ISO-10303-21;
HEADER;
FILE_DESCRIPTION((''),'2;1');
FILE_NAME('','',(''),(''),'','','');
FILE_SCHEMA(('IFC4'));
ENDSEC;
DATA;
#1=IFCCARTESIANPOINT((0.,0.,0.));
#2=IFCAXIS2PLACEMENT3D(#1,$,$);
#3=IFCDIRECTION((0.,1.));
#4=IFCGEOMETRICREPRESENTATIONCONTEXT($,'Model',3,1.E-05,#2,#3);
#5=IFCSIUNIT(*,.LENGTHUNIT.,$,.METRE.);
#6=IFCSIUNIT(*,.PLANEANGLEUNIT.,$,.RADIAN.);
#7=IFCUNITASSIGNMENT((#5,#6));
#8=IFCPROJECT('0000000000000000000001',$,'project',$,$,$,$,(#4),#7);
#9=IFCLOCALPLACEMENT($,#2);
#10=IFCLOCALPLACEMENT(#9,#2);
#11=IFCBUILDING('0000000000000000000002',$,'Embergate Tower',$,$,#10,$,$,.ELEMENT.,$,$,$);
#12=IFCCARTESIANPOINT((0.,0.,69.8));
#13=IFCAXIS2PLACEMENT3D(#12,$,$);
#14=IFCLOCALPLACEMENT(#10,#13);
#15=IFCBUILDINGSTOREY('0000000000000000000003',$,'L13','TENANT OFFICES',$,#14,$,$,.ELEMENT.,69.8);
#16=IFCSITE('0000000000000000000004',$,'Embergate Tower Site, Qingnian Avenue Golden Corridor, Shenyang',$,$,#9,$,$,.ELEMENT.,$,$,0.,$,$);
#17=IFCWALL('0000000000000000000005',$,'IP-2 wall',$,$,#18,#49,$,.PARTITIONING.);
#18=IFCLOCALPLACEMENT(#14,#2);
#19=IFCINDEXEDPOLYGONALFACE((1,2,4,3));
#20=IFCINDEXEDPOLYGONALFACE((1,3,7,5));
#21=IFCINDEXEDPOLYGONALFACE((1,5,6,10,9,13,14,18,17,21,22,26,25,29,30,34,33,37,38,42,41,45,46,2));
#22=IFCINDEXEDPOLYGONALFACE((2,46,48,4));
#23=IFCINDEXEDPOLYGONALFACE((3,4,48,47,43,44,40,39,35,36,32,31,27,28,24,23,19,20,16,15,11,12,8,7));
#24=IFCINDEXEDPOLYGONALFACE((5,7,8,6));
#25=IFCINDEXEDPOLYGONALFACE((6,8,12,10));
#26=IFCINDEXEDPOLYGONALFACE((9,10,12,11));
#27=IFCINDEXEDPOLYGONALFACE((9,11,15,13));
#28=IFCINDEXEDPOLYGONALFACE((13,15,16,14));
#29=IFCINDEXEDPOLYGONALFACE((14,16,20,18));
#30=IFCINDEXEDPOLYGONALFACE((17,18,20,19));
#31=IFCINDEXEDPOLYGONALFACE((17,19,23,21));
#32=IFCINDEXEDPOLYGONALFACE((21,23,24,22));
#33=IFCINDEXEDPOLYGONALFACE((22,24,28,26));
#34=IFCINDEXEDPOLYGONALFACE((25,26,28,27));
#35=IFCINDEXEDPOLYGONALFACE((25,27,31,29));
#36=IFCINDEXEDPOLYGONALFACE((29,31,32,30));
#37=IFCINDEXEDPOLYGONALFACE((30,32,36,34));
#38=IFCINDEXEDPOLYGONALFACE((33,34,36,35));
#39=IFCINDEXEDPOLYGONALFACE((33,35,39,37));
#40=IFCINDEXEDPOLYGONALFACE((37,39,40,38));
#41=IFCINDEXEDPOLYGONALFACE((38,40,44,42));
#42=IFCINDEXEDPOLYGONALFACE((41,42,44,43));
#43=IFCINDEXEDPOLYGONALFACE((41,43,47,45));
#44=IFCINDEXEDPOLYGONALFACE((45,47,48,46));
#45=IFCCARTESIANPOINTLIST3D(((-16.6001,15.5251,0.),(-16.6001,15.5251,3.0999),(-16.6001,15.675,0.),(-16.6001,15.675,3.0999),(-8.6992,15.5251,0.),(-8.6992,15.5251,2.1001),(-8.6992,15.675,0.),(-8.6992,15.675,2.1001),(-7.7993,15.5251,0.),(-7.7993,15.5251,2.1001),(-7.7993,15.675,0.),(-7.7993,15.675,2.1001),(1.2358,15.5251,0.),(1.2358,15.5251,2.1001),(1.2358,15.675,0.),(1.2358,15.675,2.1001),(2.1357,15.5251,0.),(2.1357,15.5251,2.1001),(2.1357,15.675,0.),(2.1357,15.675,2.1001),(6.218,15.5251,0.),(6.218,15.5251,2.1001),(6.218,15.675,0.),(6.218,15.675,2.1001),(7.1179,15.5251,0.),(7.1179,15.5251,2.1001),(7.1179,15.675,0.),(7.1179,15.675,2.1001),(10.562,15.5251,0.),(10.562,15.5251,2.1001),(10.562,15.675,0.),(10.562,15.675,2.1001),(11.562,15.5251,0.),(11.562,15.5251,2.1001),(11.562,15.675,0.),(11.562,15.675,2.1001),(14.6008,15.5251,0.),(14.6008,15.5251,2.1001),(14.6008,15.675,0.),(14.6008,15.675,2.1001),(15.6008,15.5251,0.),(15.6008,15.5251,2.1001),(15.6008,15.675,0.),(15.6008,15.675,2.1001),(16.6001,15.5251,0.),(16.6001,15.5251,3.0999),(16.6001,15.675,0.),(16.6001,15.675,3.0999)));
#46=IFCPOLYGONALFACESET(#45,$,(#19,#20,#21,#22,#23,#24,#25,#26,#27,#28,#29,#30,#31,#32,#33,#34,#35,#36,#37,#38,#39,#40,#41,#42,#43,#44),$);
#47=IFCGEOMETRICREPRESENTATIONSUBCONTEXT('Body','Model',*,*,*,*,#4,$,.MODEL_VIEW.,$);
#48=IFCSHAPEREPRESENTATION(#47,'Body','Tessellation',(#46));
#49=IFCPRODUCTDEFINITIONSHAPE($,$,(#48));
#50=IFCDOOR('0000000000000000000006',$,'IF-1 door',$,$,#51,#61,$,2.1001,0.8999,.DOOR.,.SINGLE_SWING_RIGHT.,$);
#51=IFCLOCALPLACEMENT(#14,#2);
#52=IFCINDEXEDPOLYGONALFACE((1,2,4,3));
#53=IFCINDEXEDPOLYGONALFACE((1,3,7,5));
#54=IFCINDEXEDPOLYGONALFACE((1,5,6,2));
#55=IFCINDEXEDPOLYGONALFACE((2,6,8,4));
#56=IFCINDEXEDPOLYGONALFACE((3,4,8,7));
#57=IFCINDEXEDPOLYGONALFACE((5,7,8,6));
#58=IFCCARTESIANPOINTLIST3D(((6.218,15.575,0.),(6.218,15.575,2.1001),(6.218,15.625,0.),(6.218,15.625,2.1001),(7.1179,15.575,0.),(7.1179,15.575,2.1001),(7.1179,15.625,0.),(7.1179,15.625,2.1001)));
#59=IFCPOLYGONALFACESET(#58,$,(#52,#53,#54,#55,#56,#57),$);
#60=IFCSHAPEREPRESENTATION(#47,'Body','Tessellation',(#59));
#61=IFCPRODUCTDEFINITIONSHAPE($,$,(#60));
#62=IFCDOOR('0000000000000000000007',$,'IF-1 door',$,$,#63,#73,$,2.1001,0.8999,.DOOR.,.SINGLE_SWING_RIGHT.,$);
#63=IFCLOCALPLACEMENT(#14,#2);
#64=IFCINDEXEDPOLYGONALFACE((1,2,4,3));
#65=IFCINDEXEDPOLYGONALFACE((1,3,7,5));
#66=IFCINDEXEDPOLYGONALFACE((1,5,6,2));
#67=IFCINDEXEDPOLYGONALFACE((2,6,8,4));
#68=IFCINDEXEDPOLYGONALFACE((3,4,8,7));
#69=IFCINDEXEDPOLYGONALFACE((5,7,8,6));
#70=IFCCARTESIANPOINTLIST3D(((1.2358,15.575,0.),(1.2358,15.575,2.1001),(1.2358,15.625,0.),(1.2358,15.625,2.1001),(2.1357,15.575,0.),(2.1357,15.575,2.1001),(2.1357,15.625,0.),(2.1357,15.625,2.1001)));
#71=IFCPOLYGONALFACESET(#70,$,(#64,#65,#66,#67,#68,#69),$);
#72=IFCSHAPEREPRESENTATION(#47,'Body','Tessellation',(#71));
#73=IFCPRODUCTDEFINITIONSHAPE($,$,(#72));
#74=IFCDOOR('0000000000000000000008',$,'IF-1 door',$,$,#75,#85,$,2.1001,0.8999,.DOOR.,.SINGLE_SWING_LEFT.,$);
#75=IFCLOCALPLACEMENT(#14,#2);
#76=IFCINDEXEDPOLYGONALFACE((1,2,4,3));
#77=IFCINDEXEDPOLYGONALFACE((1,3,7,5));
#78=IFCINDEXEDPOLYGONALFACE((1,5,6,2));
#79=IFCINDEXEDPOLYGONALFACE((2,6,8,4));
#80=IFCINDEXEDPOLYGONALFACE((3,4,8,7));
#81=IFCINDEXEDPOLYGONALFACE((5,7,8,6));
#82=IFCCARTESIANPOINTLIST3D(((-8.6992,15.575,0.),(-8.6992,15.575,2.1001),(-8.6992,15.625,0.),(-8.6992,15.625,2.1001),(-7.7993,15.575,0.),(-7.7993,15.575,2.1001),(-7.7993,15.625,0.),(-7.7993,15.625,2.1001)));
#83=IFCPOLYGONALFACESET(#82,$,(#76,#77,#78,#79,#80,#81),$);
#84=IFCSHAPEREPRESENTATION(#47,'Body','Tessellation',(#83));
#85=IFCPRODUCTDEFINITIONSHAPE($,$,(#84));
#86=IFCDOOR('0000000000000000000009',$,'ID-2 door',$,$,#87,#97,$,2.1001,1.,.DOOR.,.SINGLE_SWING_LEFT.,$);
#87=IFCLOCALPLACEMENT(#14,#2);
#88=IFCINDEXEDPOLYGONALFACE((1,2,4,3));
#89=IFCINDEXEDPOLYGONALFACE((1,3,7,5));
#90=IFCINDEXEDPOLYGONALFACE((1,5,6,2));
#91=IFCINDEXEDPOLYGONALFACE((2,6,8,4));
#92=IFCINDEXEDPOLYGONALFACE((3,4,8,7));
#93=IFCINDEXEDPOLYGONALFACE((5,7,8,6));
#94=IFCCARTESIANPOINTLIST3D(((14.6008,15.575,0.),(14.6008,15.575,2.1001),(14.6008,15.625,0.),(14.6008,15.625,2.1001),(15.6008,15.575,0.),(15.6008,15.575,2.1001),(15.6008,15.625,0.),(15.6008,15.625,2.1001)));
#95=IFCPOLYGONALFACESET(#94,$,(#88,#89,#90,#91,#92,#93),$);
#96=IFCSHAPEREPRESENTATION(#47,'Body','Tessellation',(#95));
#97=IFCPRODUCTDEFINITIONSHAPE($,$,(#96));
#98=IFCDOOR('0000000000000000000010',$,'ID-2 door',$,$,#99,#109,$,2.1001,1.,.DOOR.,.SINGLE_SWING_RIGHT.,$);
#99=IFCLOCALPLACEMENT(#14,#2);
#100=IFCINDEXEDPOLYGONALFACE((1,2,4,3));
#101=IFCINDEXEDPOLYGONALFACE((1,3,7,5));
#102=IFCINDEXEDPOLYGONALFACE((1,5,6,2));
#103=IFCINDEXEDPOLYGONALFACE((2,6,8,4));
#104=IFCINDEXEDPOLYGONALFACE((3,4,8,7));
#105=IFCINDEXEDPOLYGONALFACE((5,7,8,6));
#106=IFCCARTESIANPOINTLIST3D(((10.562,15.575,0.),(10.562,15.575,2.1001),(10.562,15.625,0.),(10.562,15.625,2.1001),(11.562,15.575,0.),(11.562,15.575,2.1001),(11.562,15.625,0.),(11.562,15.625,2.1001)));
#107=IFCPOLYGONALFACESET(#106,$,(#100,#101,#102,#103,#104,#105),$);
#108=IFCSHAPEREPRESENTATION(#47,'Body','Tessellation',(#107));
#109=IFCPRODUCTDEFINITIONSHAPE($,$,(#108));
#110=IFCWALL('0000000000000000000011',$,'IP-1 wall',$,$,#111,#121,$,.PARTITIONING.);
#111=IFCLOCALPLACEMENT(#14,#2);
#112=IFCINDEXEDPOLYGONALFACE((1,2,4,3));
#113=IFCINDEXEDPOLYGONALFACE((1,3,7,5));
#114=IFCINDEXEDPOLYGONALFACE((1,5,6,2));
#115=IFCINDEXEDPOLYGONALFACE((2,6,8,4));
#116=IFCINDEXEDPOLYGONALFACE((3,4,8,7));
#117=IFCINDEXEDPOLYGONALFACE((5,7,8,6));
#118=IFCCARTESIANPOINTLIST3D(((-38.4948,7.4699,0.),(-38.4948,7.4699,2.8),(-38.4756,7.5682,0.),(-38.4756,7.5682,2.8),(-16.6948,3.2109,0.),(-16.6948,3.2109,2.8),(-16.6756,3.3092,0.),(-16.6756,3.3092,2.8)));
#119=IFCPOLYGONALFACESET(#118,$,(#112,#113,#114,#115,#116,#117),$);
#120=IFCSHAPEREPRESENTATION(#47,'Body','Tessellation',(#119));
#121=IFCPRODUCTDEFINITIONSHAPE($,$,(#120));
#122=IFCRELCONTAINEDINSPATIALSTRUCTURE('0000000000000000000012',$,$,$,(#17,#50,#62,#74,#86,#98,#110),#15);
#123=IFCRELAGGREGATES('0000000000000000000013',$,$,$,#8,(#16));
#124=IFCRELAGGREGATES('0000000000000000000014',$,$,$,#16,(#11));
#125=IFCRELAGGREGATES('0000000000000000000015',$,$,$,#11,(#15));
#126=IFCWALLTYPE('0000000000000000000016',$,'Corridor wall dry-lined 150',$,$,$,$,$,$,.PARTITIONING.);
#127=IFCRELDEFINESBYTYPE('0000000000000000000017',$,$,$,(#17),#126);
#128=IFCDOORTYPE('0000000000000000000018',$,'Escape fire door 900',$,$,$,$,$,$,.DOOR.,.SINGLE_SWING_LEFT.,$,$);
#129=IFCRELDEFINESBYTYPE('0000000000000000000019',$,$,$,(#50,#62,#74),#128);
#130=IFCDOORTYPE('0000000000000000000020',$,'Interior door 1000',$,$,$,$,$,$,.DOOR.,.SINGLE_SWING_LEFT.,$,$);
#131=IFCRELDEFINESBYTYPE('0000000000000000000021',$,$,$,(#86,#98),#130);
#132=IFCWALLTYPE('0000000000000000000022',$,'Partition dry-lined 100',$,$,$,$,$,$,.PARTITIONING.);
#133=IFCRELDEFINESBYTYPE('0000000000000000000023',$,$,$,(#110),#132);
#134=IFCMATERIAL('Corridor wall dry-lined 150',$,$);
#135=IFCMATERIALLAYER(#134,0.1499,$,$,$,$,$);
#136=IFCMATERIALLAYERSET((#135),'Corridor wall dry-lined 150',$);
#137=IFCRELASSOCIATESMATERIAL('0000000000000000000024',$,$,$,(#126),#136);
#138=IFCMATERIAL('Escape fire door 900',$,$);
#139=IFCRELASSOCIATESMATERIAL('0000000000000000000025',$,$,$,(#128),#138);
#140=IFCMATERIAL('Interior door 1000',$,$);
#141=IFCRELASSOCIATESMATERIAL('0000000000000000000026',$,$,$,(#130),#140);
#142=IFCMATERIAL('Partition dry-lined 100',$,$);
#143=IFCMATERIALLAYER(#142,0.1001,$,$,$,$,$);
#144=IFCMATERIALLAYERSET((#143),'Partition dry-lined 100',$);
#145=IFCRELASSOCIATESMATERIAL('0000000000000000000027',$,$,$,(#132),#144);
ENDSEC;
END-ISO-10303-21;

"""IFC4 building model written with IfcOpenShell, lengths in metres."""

from ifc_helpers import new_model, si_unit, direction, frame, frame_2d, origin, place, context, subcontext, project, spatial, rectangle, extrude, source, transform, mapped, material, layer, layer_set, type_object, element, fill, save


model = new_model("IFC4")

# Units and contexts
model_context = context("Model", 3, precision=1e-05, world=origin(), true_north=direction((0.0, 1.0)))
body_context = subcontext(model_context, "Body", "Model", "MODEL_VIEW")
ifc_project = project(units=[si_unit("LENGTHUNIT", "METRE"), si_unit("PLANEANGLEUNIT", "RADIAN")], contexts=[model_context])

# Site, building, storey
site_placement = place(None, origin())
site = spatial("IfcSite", under=ifc_project, at=site_placement, Name="Embergate Tower Site, Qingnian Avenue Golden Corridor, Shenyang", CompositionType="ELEMENT", RefElevation=0.0)
building_placement = place(site_placement, origin())
building = spatial("IfcBuilding", under=site, at=building_placement, Name="Embergate Tower", CompositionType="ELEMENT")
storey_placement = place(building_placement, frame((0.0, 0.0, 69.8)))
storey = spatial("IfcBuildingStorey", under=building, at=storey_placement, Name="L13", Description="TENANT OFFICES", CompositionType="ELEMENT", Elevation=69.8)

# Wall, openings, doors
ifc_material_1 = material(Name="Corridor wall dry-lined 150")
ifc_layer_1 = layer(ifc_material_1, 0.1499)
ifc_layer_set_1 = layer_set([ifc_layer_1], Name="Corridor wall dry-lined 150")
wall_type_1 = type_object("IfcWallType", Name="Corridor wall dry-lined 150", PredefinedType="PARTITIONING", material=ifc_layer_set_1)
shared_shape_1 = source(origin(), body_context, "Body", "SweptSolid", [
    extrude(rectangle(XDim=33.2002, YDim=0.1499, at=frame_2d((16.6001, 0.0))), origin(), (0.0, 0.0, 1.0), 3.0999),
])
wall_1_placement = place(storey_placement, frame((-16.6001, 15.6001, 0.0), z_axis=(0.0, 0.0, 1.0), x_axis=(1.0, 0.0, 0.0)))
wall_1 = element("IfcWall", 1, at=wall_1_placement, inside=storey, type_object=wall_type_1, Name="IP-2 wall", PredefinedType="PARTITIONING", context=body_context, shape_type="MappedRepresentation", body=[
    mapped(shared_shape_1, transform((0.0, 0.0, 0.0))),
])
shared_shape_2 = source(origin(), body_context, "Body", "SweptSolid", [
    extrude(rectangle(XDim=1.0, YDim=2.1001, at=frame_2d((0.5, 1.05))), frame((0.0, 0.085, 0.0), z_axis=(0.0, -1.0, 0.0), x_axis=(1.0, 0.0, 0.0)), (0.0, 0.0, 1.0), 0.1699),
])
opening_1_placement = place(wall_1_placement, frame((31.2009, 0.0, 0.0)))
opening_1 = element("IfcOpeningElement", 2, at=opening_1_placement, cuts=wall_1, PredefinedType="OPENING", context=body_context, shape_type="MappedRepresentation", body=[
    mapped(shared_shape_2, transform((0.0, 0.0, 0.0))),
])
opening_2_placement = place(wall_1_placement, frame((27.1621, 0.0, 0.0)))
opening_2 = element("IfcOpeningElement", 3, at=opening_2_placement, cuts=wall_1, PredefinedType="OPENING", context=body_context, shape_type="MappedRepresentation", body=[
    mapped(shared_shape_2, transform((0.0, 0.0, 0.0))),
])
shared_shape_3 = source(origin(), body_context, "Body", "SweptSolid", [
    extrude(rectangle(XDim=0.8999, YDim=2.1001, at=frame_2d((0.45, 1.05))), frame((0.0, 0.085, 0.0), z_axis=(0.0, -1.0, 0.0), x_axis=(1.0, 0.0, 0.0)), (0.0, 0.0, 1.0), 0.1699),
])
opening_3_placement = place(wall_1_placement, frame((22.8181, 0.0, 0.0)))
opening_3 = element("IfcOpeningElement", 4, at=opening_3_placement, cuts=wall_1, PredefinedType="OPENING", context=body_context, shape_type="MappedRepresentation", body=[
    mapped(shared_shape_3, transform((0.0, 0.0, 0.0))),
])
opening_4_placement = place(wall_1_placement, frame((17.8359, 0.0, 0.0)))
opening_4 = element("IfcOpeningElement", 5, at=opening_4_placement, cuts=wall_1, PredefinedType="OPENING", context=body_context, shape_type="MappedRepresentation", body=[
    mapped(shared_shape_3, transform((0.0, 0.0, 0.0))),
])
opening_5_placement = place(wall_1_placement, frame((7.9009, 0.0, 0.0)))
opening_5 = element("IfcOpeningElement", 6, at=opening_5_placement, cuts=wall_1, PredefinedType="OPENING", context=body_context, shape_type="MappedRepresentation", body=[
    mapped(shared_shape_3, transform((0.0, 0.0, 0.0))),
])
ifc_material_2 = material(Name="Escape fire door 900")
door_type_1 = type_object("IfcDoorType", Name="Escape fire door 900", OperationType="SINGLE_SWING_LEFT", PredefinedType="DOOR", material=ifc_material_2)
shared_shape_4 = source(origin(), body_context, "Body", "SweptSolid", [
    extrude(rectangle(XDim=0.8999, YDim=2.1001, at=frame_2d((0.45, 1.05))), frame((0.0, 0.0249, 0.0), z_axis=(0.0, -1.0, 0.0), x_axis=(1.0, 0.0, 0.0)), (0.0, 0.0, 1.0), 0.05),
])
door_1_placement = place(opening_3_placement, origin())
door_1 = element("IfcDoor", 7, at=door_1_placement, inside=storey, type_object=door_type_1, Name="IF-1 door", OperationType="SINGLE_SWING_RIGHT", OverallHeight=2.1001, OverallWidth=0.8999, PredefinedType="DOOR", context=body_context, shape_type="MappedRepresentation", body=[
    mapped(shared_shape_4, transform((0.0, 0.0, 0.0))),
])
fill(opening_3, door_1)
door_2_placement = place(opening_4_placement, origin())
door_2 = element("IfcDoor", 8, at=door_2_placement, inside=storey, type_object=door_type_1, Name="IF-1 door", OperationType="SINGLE_SWING_RIGHT", OverallHeight=2.1001, OverallWidth=0.8999, PredefinedType="DOOR", context=body_context, shape_type="MappedRepresentation", body=[
    mapped(shared_shape_4, transform((0.0, 0.0, 0.0))),
])
fill(opening_4, door_2)
door_3_placement = place(opening_5_placement, origin())
door_3 = element("IfcDoor", 9, at=door_3_placement, inside=storey, type_object=door_type_1, Name="IF-1 door", OperationType="SINGLE_SWING_LEFT", OverallHeight=2.1001, OverallWidth=0.8999, PredefinedType="DOOR", context=body_context, shape_type="MappedRepresentation", body=[
    mapped(shared_shape_4, transform((0.0, 0.0, 0.0))),
])
fill(opening_5, door_3)
ifc_material_3 = material(Name="Interior door 1000")
door_type_2 = type_object("IfcDoorType", Name="Interior door 1000", OperationType="SINGLE_SWING_LEFT", PredefinedType="DOOR", material=ifc_material_3)
shared_shape_5 = source(origin(), body_context, "Body", "SweptSolid", [
    extrude(rectangle(XDim=1.0, YDim=2.1001, at=frame_2d((0.5, 1.05))), frame((0.0, 0.0249, 0.0), z_axis=(0.0, -1.0, 0.0), x_axis=(1.0, 0.0, 0.0)), (0.0, 0.0, 1.0), 0.05),
])
door_4_placement = place(opening_1_placement, origin())
door_4 = element("IfcDoor", 10, at=door_4_placement, inside=storey, type_object=door_type_2, Name="ID-2 door", OperationType="SINGLE_SWING_LEFT", OverallHeight=2.1001, OverallWidth=1.0, PredefinedType="DOOR", context=body_context, shape_type="MappedRepresentation", body=[
    mapped(shared_shape_5, transform((0.0, 0.0, 0.0))),
])
fill(opening_1, door_4)
door_5_placement = place(opening_2_placement, origin())
door_5 = element("IfcDoor", 11, at=door_5_placement, inside=storey, type_object=door_type_2, Name="ID-2 door", OperationType="SINGLE_SWING_RIGHT", OverallHeight=2.1001, OverallWidth=1.0, PredefinedType="DOOR", context=body_context, shape_type="MappedRepresentation", body=[
    mapped(shared_shape_5, transform((0.0, 0.0, 0.0))),
])
fill(opening_2, door_5)

# Wall
ifc_material_4 = material(Name="Partition dry-lined 100")
ifc_layer_2 = layer(ifc_material_4, 0.1001)
ifc_layer_set_2 = layer_set([ifc_layer_2], Name="Partition dry-lined 100")
wall_type_2 = type_object("IfcWallType", Name="Partition dry-lined 100", PredefinedType="PARTITIONING", material=ifc_layer_set_2)
shared_shape_6 = source(origin(), body_context, "Body", "SweptSolid", [
    extrude(rectangle(XDim=22.2122, YDim=0.1001, at=frame_2d((11.106, 0.0))), origin(), (0.0, 0.0, 1.0), 2.8),
])
wall_2_placement = place(storey_placement, frame((-38.4851, 7.519, 0.0), z_axis=(0.0, 0.0, 1.0), x_axis=(0.981445, -0.191743, 0.0)))
element("IfcWall", 12, at=wall_2_placement, inside=storey, type_object=wall_type_2, Name="IP-1 wall", PredefinedType="PARTITIONING", context=body_context, shape_type="MappedRepresentation", body=[
    mapped(shared_shape_6, transform((0.0, 0.0, 0.0))),
])

save(model, "model.ifc")
